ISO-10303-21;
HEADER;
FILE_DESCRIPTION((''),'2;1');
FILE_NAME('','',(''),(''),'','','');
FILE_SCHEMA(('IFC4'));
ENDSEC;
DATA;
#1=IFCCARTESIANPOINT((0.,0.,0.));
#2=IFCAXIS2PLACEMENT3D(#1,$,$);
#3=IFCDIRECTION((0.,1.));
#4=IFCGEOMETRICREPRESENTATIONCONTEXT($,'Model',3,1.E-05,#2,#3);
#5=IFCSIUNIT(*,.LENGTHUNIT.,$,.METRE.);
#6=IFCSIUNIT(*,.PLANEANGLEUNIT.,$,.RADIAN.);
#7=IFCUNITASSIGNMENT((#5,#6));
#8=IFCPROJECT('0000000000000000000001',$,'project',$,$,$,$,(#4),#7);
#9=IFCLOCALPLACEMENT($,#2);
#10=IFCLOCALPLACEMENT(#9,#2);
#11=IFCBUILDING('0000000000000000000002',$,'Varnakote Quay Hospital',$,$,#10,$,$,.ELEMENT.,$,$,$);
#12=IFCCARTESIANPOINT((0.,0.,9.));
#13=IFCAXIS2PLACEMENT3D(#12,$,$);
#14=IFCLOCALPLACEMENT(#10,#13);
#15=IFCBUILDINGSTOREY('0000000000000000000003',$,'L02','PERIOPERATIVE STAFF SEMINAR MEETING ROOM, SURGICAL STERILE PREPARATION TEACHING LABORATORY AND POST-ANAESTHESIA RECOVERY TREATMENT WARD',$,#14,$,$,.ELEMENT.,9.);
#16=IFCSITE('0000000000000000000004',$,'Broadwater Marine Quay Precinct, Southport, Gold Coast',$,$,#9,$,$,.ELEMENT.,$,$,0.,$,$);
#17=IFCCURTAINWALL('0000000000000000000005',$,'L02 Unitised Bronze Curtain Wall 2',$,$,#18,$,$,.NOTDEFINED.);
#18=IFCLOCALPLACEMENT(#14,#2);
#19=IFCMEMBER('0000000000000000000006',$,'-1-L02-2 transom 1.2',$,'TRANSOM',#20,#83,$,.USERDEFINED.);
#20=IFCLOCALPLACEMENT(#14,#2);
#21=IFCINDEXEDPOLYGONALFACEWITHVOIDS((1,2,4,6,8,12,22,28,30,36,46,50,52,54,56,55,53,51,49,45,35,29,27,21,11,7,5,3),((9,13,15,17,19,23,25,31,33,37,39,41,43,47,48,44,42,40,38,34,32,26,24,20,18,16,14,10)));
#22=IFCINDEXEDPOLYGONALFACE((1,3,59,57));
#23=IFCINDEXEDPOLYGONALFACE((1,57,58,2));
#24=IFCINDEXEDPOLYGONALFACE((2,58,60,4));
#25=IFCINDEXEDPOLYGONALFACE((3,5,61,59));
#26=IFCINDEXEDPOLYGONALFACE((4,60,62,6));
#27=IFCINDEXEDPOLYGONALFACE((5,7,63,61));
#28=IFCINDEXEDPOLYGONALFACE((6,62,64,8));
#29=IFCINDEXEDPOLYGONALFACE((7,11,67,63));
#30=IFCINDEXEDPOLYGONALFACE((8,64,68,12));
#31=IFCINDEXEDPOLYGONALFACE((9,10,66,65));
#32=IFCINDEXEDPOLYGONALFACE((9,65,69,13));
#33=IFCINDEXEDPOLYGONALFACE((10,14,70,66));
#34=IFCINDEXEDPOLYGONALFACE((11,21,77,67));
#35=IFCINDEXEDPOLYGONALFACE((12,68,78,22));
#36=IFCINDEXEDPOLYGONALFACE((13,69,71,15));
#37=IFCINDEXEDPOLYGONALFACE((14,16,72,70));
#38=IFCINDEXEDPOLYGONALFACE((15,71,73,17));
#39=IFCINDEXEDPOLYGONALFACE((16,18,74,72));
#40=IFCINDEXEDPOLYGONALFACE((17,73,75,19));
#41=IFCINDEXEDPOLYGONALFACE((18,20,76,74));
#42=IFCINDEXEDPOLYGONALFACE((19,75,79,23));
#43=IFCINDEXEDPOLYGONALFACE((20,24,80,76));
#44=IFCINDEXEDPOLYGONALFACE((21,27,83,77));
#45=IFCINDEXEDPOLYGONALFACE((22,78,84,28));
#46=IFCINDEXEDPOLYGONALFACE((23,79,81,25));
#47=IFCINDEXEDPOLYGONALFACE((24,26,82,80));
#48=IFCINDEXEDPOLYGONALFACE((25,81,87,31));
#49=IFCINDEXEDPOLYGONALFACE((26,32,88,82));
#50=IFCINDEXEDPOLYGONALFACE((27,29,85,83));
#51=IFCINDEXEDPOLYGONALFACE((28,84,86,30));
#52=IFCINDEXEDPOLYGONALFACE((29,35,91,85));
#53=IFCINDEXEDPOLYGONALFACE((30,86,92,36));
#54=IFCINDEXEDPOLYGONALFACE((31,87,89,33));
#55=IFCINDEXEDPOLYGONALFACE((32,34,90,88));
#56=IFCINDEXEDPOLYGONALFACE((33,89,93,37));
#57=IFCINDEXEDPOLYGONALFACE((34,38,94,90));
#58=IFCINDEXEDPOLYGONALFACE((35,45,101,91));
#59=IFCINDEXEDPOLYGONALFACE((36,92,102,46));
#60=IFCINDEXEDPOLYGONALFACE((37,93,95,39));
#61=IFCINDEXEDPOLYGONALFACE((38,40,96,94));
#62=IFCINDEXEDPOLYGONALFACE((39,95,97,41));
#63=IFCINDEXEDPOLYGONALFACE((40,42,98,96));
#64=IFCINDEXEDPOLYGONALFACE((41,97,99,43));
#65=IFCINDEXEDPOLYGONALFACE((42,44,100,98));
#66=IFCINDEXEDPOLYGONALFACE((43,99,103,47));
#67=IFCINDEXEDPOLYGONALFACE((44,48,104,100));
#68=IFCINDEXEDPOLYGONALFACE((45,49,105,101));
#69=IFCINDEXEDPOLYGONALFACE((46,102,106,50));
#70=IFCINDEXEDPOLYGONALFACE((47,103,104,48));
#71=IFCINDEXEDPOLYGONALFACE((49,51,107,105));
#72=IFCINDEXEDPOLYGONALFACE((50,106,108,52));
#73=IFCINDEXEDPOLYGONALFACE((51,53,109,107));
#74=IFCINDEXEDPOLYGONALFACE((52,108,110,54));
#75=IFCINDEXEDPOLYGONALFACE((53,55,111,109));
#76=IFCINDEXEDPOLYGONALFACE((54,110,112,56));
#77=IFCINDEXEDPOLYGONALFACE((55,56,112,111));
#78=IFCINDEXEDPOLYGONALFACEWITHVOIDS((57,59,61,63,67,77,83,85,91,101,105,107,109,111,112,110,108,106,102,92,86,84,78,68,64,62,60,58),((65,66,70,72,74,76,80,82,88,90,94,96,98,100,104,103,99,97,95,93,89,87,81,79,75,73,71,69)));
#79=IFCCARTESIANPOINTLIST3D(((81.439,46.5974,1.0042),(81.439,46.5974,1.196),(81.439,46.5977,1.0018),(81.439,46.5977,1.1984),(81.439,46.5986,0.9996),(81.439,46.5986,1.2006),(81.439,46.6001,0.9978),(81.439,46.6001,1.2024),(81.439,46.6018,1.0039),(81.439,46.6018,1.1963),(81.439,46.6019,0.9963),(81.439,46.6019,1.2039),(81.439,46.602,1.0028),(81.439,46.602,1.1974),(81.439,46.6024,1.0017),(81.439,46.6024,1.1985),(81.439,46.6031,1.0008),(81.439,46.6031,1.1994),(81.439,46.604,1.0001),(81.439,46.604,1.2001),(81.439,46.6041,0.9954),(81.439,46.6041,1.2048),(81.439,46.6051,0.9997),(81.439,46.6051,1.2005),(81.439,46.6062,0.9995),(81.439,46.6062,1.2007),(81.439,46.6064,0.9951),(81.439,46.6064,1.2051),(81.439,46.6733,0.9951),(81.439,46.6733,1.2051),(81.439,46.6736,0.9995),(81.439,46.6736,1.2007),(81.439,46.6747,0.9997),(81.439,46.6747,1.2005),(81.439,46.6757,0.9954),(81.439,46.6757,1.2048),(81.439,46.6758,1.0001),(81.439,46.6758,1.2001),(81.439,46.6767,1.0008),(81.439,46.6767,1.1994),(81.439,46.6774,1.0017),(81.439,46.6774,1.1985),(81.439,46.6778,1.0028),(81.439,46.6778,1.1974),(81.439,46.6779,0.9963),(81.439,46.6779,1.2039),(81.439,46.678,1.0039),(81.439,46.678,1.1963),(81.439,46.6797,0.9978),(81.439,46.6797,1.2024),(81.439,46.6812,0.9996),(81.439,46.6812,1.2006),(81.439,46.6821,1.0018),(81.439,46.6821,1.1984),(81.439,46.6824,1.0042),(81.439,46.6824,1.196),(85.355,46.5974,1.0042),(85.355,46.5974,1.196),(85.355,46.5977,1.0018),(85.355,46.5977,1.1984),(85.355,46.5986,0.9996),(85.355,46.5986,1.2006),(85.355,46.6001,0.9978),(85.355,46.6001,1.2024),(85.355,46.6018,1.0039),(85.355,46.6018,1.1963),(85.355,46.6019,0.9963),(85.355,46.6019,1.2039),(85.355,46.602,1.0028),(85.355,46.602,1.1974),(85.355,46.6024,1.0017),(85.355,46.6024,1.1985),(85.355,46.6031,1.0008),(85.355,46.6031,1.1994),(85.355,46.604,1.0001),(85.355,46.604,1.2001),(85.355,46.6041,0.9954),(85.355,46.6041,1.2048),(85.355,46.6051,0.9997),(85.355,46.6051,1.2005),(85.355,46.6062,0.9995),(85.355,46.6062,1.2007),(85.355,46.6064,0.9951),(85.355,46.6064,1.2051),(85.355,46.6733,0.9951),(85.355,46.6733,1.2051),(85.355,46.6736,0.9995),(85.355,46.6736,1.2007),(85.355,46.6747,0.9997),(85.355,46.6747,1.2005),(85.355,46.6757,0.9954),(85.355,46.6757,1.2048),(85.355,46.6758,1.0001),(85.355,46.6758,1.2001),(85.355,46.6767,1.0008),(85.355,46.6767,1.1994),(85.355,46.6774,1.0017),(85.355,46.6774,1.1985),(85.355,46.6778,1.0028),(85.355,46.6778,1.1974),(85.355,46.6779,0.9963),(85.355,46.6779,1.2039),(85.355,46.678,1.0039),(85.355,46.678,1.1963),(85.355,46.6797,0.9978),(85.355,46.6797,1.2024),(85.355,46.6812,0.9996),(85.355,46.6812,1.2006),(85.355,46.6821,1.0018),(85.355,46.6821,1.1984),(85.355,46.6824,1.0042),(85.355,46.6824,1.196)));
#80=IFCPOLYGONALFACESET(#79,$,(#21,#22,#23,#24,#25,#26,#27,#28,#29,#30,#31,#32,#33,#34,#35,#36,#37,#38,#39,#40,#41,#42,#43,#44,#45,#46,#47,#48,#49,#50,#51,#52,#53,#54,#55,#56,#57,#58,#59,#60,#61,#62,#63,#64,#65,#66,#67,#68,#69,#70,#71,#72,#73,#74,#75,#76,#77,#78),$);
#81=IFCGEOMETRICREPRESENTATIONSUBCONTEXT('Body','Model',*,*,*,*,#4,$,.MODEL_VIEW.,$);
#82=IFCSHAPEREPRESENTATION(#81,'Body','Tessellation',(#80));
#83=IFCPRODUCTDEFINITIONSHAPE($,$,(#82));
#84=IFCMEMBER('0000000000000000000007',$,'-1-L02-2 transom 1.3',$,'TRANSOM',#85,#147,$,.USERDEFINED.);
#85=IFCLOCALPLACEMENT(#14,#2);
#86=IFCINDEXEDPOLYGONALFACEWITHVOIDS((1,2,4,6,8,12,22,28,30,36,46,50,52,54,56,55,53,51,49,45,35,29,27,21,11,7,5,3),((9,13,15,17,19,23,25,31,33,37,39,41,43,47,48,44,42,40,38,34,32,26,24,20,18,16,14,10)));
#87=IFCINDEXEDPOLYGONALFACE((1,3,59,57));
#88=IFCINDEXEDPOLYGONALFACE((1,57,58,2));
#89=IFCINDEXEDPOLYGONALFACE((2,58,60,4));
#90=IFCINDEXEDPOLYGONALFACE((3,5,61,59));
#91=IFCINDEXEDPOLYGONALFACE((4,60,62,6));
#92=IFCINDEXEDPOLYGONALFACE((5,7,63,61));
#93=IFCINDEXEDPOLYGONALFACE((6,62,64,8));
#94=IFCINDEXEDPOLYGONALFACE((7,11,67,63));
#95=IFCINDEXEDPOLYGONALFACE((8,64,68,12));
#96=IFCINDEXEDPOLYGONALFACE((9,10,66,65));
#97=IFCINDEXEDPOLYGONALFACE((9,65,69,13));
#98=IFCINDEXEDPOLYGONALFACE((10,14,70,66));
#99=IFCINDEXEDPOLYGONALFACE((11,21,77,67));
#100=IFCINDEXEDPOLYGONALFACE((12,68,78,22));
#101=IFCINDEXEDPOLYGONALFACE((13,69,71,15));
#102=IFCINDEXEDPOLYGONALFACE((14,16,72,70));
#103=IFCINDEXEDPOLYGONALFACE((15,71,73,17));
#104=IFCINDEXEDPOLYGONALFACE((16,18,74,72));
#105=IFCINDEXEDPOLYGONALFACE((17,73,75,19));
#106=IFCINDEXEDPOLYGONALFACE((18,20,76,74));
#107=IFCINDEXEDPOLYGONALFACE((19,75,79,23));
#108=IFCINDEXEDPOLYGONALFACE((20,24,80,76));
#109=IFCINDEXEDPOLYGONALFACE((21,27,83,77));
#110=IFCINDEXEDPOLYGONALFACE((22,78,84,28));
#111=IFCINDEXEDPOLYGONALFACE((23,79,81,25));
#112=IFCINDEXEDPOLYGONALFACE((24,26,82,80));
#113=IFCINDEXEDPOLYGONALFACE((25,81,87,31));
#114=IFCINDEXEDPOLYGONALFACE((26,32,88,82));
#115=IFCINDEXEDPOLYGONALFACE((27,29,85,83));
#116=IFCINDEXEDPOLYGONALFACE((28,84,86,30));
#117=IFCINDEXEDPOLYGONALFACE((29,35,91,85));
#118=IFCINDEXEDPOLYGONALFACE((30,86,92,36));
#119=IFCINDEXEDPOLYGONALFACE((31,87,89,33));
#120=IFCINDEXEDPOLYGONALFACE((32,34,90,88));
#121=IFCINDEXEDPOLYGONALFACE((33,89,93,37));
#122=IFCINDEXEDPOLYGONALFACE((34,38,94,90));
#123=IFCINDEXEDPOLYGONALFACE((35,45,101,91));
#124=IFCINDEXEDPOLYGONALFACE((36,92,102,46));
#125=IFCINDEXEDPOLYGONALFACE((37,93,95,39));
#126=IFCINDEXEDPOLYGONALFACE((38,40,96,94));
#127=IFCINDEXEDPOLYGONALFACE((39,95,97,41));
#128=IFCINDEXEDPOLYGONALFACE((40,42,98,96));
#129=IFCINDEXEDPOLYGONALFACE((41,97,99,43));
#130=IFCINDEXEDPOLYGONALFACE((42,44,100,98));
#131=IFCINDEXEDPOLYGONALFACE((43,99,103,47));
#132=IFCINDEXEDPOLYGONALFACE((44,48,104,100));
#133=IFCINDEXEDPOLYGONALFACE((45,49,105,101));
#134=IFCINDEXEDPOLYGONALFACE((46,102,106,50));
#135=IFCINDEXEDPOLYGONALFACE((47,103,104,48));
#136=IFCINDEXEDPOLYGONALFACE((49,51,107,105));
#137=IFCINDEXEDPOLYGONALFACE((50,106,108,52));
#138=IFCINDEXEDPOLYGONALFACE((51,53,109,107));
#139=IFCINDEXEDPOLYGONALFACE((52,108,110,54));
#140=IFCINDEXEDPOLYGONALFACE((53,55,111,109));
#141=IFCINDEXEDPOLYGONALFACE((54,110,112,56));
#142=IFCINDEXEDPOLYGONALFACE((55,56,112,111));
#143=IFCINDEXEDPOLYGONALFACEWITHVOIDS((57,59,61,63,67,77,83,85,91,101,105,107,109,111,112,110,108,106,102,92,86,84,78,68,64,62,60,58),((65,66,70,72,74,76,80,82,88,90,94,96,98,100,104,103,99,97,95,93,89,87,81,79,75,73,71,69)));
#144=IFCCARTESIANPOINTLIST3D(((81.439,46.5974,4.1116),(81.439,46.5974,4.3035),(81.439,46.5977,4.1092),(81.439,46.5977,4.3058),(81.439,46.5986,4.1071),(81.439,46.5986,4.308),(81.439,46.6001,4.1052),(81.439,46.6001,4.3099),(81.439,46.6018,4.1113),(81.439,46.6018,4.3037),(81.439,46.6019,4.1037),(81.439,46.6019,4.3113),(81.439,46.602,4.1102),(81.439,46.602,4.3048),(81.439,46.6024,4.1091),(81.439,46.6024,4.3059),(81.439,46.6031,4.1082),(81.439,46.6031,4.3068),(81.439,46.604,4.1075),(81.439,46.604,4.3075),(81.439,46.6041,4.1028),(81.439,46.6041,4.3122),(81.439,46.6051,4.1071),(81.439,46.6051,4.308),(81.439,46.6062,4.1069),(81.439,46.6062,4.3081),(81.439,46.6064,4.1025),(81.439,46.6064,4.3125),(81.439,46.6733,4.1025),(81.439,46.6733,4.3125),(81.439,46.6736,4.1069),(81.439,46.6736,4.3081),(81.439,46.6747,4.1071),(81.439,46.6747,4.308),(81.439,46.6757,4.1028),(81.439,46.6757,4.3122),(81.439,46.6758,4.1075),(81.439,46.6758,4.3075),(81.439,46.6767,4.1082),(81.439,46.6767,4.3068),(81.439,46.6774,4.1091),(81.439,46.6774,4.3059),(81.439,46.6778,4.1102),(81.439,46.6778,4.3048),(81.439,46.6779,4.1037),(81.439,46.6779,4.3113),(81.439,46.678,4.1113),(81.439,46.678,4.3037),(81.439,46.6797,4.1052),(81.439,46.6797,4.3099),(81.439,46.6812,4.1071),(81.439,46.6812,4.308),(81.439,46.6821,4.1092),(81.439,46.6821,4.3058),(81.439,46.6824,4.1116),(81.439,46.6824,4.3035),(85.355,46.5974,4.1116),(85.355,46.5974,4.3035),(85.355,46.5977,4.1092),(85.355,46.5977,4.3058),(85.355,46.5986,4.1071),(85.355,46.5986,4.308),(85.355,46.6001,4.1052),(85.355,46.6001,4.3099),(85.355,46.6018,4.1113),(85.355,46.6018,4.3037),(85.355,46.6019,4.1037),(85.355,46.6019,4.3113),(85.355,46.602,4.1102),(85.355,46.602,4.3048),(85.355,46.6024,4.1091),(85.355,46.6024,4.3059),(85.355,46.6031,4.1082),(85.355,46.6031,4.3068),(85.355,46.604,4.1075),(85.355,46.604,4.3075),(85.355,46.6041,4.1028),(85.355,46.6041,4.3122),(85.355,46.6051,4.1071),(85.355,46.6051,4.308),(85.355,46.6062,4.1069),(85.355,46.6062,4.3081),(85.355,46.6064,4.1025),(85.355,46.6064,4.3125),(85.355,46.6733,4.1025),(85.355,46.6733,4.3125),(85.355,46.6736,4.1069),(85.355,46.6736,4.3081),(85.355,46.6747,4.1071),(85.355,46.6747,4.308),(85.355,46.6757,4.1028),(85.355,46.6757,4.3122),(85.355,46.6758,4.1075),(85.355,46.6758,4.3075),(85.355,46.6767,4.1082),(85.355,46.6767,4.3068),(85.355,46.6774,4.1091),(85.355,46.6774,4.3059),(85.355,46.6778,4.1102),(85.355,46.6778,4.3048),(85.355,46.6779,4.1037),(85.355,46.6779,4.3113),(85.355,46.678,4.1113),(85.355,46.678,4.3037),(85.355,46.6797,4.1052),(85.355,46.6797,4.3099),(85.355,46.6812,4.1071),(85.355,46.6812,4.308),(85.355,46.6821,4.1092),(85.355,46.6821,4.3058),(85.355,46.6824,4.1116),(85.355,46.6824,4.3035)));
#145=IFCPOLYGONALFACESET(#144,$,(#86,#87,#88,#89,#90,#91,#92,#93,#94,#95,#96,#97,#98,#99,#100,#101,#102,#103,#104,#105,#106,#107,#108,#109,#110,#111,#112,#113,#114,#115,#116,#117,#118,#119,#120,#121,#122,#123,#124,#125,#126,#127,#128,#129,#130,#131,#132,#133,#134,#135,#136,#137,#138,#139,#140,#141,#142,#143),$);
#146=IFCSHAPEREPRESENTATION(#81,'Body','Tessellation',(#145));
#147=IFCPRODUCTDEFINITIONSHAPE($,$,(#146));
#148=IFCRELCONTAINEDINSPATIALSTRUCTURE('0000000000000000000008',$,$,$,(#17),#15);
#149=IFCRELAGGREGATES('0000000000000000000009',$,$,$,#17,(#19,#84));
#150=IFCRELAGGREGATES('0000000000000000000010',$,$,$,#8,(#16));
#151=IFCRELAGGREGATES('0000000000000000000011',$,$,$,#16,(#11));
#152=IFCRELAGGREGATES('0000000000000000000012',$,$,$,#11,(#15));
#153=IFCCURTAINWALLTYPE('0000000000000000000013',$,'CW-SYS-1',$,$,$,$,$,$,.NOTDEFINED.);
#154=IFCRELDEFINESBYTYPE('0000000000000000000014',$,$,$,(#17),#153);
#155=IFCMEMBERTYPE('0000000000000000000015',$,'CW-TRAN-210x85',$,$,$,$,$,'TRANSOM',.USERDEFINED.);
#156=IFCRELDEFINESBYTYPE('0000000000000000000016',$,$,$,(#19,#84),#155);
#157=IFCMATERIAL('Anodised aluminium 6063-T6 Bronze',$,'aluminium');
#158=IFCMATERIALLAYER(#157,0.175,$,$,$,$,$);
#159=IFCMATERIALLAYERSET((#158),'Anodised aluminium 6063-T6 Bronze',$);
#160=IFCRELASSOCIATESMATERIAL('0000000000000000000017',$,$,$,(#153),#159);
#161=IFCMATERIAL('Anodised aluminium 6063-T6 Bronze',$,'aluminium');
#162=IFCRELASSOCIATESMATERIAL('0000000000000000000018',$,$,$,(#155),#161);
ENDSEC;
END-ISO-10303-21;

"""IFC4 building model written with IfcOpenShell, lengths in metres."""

from ifc_helpers import new_model, si_unit, direction, frame, origin, origin_2d, place, context, subcontext, project, spatial, hollow_rectangle, extrude, material, layer, layer_set, material_profile, profile_set, type_object, element, aggregate, save


model = new_model("IFC4")

# Units and contexts
model_context = context("Model", 3, precision=1e-05, world=origin(), true_north=direction((0.0, 1.0)))
body_context = subcontext(model_context, "Body", "Model", "MODEL_VIEW")
ifc_project = project(units=[si_unit("LENGTHUNIT", "METRE"), si_unit("PLANEANGLEUNIT", "RADIAN")], contexts=[model_context])

# Site, building, storey
site_placement = place(None, origin())
site = spatial("IfcSite", under=ifc_project, at=site_placement, Name="Broadwater Marine Quay Precinct, Southport, Gold Coast", CompositionType="ELEMENT", RefElevation=0.0)
building_placement = place(site_placement, origin())
building = spatial("IfcBuilding", under=site, at=building_placement, Name="Varnakote Quay Hospital", CompositionType="ELEMENT")
storey_placement = place(building_placement, frame((0.0, 0.0, 9.0)))
storey = spatial("IfcBuildingStorey", under=building, at=storey_placement, Name="L02", Description="PERIOPERATIVE STAFF SEMINAR MEETING ROOM, SURGICAL STERILE PREPARATION TEACHING LABORATORY AND POST-ANAESTHESIA RECOVERY TREATMENT WARD", CompositionType="ELEMENT", Elevation=9.0)

# Shared definitions
ifc_material_1 = material(Name="Anodised aluminium 6063-T6 Bronze", Category="aluminium")
ifc_layer_1 = layer(ifc_material_1, 0.175)
ifc_layer_set_1 = layer_set([ifc_layer_1], Name="Anodised aluminium 6063-T6 Bronze")
curtain_wall_type = type_object("IfcCurtainWallType", Name="CW-SYS-1", PredefinedType="NOTDEFINED", material=ifc_layer_set_1)

# Curtain wall, members
curtain_wall_1_placement = place(storey_placement, origin())
curtain_wall_1 = element("IfcCurtainWall", 1, at=curtain_wall_1_placement, inside=storey, type_object=curtain_wall_type, Name="L02 Unitised Bronze Curtain Wall 2", PredefinedType="NOTDEFINED")
ifc_material_2 = material(Name="Anodised aluminium 6063-T6 Bronze", Category="aluminium")
ifc_material_profile_1 = material_profile(ifc_material_2, hollow_rectangle(XDim=0.085, YDim=0.21, WallThickness=0.0044, InnerFilletRadius=0.0044, OuterFilletRadius=0.009, at=origin_2d()), Name="CW-TRAN-210x85")
ifc_profile_set_1 = profile_set([ifc_material_profile_1], Name="Anodised aluminium 6063-T6 Bronze")
member_type_1 = type_object("IfcMemberType", Name="CW-TRAN-210x85", ElementType="TRANSOM", PredefinedType="USERDEFINED", material=ifc_profile_set_1)
member_1_placement = place(storey_placement, frame((85.355, 46.6399, 1.1001), z_axis=(-1.0, 0.0, 0.0), x_axis=(0.0, -1.0, 0.0)))
member_1 = element("IfcMember", 2, at=member_1_placement, type_object=member_type_1, Name="-1-L02-2 transom 1.2", ObjectType="TRANSOM", PredefinedType="USERDEFINED", context=body_context, shape_type="SweptSolid", body=[
    extrude(hollow_rectangle(XDim=0.085, YDim=0.21, WallThickness=0.0044, InnerFilletRadius=0.0044, OuterFilletRadius=0.009, at=origin_2d()), origin(), (0.0, 0.0, 1.0), 3.916),
])
member_2_placement = place(storey_placement, frame((85.355, 46.6399, 4.2075), z_axis=(-1.0, 0.0, 0.0), x_axis=(0.0, -1.0, 0.0)))
member_2 = element("IfcMember", 3, at=member_2_placement, type_object=member_type_1, Name="-1-L02-2 transom 1.3", ObjectType="TRANSOM", PredefinedType="USERDEFINED", context=body_context, shape_type="SweptSolid", body=[
    extrude(hollow_rectangle(XDim=0.085, YDim=0.21, WallThickness=0.0044, InnerFilletRadius=0.0044, OuterFilletRadius=0.009, at=origin_2d()), origin(), (0.0, 0.0, 1.0), 3.916),
])

aggregate(curtain_wall_1, [member_1, member_2])

save(model, "model.ifc")
